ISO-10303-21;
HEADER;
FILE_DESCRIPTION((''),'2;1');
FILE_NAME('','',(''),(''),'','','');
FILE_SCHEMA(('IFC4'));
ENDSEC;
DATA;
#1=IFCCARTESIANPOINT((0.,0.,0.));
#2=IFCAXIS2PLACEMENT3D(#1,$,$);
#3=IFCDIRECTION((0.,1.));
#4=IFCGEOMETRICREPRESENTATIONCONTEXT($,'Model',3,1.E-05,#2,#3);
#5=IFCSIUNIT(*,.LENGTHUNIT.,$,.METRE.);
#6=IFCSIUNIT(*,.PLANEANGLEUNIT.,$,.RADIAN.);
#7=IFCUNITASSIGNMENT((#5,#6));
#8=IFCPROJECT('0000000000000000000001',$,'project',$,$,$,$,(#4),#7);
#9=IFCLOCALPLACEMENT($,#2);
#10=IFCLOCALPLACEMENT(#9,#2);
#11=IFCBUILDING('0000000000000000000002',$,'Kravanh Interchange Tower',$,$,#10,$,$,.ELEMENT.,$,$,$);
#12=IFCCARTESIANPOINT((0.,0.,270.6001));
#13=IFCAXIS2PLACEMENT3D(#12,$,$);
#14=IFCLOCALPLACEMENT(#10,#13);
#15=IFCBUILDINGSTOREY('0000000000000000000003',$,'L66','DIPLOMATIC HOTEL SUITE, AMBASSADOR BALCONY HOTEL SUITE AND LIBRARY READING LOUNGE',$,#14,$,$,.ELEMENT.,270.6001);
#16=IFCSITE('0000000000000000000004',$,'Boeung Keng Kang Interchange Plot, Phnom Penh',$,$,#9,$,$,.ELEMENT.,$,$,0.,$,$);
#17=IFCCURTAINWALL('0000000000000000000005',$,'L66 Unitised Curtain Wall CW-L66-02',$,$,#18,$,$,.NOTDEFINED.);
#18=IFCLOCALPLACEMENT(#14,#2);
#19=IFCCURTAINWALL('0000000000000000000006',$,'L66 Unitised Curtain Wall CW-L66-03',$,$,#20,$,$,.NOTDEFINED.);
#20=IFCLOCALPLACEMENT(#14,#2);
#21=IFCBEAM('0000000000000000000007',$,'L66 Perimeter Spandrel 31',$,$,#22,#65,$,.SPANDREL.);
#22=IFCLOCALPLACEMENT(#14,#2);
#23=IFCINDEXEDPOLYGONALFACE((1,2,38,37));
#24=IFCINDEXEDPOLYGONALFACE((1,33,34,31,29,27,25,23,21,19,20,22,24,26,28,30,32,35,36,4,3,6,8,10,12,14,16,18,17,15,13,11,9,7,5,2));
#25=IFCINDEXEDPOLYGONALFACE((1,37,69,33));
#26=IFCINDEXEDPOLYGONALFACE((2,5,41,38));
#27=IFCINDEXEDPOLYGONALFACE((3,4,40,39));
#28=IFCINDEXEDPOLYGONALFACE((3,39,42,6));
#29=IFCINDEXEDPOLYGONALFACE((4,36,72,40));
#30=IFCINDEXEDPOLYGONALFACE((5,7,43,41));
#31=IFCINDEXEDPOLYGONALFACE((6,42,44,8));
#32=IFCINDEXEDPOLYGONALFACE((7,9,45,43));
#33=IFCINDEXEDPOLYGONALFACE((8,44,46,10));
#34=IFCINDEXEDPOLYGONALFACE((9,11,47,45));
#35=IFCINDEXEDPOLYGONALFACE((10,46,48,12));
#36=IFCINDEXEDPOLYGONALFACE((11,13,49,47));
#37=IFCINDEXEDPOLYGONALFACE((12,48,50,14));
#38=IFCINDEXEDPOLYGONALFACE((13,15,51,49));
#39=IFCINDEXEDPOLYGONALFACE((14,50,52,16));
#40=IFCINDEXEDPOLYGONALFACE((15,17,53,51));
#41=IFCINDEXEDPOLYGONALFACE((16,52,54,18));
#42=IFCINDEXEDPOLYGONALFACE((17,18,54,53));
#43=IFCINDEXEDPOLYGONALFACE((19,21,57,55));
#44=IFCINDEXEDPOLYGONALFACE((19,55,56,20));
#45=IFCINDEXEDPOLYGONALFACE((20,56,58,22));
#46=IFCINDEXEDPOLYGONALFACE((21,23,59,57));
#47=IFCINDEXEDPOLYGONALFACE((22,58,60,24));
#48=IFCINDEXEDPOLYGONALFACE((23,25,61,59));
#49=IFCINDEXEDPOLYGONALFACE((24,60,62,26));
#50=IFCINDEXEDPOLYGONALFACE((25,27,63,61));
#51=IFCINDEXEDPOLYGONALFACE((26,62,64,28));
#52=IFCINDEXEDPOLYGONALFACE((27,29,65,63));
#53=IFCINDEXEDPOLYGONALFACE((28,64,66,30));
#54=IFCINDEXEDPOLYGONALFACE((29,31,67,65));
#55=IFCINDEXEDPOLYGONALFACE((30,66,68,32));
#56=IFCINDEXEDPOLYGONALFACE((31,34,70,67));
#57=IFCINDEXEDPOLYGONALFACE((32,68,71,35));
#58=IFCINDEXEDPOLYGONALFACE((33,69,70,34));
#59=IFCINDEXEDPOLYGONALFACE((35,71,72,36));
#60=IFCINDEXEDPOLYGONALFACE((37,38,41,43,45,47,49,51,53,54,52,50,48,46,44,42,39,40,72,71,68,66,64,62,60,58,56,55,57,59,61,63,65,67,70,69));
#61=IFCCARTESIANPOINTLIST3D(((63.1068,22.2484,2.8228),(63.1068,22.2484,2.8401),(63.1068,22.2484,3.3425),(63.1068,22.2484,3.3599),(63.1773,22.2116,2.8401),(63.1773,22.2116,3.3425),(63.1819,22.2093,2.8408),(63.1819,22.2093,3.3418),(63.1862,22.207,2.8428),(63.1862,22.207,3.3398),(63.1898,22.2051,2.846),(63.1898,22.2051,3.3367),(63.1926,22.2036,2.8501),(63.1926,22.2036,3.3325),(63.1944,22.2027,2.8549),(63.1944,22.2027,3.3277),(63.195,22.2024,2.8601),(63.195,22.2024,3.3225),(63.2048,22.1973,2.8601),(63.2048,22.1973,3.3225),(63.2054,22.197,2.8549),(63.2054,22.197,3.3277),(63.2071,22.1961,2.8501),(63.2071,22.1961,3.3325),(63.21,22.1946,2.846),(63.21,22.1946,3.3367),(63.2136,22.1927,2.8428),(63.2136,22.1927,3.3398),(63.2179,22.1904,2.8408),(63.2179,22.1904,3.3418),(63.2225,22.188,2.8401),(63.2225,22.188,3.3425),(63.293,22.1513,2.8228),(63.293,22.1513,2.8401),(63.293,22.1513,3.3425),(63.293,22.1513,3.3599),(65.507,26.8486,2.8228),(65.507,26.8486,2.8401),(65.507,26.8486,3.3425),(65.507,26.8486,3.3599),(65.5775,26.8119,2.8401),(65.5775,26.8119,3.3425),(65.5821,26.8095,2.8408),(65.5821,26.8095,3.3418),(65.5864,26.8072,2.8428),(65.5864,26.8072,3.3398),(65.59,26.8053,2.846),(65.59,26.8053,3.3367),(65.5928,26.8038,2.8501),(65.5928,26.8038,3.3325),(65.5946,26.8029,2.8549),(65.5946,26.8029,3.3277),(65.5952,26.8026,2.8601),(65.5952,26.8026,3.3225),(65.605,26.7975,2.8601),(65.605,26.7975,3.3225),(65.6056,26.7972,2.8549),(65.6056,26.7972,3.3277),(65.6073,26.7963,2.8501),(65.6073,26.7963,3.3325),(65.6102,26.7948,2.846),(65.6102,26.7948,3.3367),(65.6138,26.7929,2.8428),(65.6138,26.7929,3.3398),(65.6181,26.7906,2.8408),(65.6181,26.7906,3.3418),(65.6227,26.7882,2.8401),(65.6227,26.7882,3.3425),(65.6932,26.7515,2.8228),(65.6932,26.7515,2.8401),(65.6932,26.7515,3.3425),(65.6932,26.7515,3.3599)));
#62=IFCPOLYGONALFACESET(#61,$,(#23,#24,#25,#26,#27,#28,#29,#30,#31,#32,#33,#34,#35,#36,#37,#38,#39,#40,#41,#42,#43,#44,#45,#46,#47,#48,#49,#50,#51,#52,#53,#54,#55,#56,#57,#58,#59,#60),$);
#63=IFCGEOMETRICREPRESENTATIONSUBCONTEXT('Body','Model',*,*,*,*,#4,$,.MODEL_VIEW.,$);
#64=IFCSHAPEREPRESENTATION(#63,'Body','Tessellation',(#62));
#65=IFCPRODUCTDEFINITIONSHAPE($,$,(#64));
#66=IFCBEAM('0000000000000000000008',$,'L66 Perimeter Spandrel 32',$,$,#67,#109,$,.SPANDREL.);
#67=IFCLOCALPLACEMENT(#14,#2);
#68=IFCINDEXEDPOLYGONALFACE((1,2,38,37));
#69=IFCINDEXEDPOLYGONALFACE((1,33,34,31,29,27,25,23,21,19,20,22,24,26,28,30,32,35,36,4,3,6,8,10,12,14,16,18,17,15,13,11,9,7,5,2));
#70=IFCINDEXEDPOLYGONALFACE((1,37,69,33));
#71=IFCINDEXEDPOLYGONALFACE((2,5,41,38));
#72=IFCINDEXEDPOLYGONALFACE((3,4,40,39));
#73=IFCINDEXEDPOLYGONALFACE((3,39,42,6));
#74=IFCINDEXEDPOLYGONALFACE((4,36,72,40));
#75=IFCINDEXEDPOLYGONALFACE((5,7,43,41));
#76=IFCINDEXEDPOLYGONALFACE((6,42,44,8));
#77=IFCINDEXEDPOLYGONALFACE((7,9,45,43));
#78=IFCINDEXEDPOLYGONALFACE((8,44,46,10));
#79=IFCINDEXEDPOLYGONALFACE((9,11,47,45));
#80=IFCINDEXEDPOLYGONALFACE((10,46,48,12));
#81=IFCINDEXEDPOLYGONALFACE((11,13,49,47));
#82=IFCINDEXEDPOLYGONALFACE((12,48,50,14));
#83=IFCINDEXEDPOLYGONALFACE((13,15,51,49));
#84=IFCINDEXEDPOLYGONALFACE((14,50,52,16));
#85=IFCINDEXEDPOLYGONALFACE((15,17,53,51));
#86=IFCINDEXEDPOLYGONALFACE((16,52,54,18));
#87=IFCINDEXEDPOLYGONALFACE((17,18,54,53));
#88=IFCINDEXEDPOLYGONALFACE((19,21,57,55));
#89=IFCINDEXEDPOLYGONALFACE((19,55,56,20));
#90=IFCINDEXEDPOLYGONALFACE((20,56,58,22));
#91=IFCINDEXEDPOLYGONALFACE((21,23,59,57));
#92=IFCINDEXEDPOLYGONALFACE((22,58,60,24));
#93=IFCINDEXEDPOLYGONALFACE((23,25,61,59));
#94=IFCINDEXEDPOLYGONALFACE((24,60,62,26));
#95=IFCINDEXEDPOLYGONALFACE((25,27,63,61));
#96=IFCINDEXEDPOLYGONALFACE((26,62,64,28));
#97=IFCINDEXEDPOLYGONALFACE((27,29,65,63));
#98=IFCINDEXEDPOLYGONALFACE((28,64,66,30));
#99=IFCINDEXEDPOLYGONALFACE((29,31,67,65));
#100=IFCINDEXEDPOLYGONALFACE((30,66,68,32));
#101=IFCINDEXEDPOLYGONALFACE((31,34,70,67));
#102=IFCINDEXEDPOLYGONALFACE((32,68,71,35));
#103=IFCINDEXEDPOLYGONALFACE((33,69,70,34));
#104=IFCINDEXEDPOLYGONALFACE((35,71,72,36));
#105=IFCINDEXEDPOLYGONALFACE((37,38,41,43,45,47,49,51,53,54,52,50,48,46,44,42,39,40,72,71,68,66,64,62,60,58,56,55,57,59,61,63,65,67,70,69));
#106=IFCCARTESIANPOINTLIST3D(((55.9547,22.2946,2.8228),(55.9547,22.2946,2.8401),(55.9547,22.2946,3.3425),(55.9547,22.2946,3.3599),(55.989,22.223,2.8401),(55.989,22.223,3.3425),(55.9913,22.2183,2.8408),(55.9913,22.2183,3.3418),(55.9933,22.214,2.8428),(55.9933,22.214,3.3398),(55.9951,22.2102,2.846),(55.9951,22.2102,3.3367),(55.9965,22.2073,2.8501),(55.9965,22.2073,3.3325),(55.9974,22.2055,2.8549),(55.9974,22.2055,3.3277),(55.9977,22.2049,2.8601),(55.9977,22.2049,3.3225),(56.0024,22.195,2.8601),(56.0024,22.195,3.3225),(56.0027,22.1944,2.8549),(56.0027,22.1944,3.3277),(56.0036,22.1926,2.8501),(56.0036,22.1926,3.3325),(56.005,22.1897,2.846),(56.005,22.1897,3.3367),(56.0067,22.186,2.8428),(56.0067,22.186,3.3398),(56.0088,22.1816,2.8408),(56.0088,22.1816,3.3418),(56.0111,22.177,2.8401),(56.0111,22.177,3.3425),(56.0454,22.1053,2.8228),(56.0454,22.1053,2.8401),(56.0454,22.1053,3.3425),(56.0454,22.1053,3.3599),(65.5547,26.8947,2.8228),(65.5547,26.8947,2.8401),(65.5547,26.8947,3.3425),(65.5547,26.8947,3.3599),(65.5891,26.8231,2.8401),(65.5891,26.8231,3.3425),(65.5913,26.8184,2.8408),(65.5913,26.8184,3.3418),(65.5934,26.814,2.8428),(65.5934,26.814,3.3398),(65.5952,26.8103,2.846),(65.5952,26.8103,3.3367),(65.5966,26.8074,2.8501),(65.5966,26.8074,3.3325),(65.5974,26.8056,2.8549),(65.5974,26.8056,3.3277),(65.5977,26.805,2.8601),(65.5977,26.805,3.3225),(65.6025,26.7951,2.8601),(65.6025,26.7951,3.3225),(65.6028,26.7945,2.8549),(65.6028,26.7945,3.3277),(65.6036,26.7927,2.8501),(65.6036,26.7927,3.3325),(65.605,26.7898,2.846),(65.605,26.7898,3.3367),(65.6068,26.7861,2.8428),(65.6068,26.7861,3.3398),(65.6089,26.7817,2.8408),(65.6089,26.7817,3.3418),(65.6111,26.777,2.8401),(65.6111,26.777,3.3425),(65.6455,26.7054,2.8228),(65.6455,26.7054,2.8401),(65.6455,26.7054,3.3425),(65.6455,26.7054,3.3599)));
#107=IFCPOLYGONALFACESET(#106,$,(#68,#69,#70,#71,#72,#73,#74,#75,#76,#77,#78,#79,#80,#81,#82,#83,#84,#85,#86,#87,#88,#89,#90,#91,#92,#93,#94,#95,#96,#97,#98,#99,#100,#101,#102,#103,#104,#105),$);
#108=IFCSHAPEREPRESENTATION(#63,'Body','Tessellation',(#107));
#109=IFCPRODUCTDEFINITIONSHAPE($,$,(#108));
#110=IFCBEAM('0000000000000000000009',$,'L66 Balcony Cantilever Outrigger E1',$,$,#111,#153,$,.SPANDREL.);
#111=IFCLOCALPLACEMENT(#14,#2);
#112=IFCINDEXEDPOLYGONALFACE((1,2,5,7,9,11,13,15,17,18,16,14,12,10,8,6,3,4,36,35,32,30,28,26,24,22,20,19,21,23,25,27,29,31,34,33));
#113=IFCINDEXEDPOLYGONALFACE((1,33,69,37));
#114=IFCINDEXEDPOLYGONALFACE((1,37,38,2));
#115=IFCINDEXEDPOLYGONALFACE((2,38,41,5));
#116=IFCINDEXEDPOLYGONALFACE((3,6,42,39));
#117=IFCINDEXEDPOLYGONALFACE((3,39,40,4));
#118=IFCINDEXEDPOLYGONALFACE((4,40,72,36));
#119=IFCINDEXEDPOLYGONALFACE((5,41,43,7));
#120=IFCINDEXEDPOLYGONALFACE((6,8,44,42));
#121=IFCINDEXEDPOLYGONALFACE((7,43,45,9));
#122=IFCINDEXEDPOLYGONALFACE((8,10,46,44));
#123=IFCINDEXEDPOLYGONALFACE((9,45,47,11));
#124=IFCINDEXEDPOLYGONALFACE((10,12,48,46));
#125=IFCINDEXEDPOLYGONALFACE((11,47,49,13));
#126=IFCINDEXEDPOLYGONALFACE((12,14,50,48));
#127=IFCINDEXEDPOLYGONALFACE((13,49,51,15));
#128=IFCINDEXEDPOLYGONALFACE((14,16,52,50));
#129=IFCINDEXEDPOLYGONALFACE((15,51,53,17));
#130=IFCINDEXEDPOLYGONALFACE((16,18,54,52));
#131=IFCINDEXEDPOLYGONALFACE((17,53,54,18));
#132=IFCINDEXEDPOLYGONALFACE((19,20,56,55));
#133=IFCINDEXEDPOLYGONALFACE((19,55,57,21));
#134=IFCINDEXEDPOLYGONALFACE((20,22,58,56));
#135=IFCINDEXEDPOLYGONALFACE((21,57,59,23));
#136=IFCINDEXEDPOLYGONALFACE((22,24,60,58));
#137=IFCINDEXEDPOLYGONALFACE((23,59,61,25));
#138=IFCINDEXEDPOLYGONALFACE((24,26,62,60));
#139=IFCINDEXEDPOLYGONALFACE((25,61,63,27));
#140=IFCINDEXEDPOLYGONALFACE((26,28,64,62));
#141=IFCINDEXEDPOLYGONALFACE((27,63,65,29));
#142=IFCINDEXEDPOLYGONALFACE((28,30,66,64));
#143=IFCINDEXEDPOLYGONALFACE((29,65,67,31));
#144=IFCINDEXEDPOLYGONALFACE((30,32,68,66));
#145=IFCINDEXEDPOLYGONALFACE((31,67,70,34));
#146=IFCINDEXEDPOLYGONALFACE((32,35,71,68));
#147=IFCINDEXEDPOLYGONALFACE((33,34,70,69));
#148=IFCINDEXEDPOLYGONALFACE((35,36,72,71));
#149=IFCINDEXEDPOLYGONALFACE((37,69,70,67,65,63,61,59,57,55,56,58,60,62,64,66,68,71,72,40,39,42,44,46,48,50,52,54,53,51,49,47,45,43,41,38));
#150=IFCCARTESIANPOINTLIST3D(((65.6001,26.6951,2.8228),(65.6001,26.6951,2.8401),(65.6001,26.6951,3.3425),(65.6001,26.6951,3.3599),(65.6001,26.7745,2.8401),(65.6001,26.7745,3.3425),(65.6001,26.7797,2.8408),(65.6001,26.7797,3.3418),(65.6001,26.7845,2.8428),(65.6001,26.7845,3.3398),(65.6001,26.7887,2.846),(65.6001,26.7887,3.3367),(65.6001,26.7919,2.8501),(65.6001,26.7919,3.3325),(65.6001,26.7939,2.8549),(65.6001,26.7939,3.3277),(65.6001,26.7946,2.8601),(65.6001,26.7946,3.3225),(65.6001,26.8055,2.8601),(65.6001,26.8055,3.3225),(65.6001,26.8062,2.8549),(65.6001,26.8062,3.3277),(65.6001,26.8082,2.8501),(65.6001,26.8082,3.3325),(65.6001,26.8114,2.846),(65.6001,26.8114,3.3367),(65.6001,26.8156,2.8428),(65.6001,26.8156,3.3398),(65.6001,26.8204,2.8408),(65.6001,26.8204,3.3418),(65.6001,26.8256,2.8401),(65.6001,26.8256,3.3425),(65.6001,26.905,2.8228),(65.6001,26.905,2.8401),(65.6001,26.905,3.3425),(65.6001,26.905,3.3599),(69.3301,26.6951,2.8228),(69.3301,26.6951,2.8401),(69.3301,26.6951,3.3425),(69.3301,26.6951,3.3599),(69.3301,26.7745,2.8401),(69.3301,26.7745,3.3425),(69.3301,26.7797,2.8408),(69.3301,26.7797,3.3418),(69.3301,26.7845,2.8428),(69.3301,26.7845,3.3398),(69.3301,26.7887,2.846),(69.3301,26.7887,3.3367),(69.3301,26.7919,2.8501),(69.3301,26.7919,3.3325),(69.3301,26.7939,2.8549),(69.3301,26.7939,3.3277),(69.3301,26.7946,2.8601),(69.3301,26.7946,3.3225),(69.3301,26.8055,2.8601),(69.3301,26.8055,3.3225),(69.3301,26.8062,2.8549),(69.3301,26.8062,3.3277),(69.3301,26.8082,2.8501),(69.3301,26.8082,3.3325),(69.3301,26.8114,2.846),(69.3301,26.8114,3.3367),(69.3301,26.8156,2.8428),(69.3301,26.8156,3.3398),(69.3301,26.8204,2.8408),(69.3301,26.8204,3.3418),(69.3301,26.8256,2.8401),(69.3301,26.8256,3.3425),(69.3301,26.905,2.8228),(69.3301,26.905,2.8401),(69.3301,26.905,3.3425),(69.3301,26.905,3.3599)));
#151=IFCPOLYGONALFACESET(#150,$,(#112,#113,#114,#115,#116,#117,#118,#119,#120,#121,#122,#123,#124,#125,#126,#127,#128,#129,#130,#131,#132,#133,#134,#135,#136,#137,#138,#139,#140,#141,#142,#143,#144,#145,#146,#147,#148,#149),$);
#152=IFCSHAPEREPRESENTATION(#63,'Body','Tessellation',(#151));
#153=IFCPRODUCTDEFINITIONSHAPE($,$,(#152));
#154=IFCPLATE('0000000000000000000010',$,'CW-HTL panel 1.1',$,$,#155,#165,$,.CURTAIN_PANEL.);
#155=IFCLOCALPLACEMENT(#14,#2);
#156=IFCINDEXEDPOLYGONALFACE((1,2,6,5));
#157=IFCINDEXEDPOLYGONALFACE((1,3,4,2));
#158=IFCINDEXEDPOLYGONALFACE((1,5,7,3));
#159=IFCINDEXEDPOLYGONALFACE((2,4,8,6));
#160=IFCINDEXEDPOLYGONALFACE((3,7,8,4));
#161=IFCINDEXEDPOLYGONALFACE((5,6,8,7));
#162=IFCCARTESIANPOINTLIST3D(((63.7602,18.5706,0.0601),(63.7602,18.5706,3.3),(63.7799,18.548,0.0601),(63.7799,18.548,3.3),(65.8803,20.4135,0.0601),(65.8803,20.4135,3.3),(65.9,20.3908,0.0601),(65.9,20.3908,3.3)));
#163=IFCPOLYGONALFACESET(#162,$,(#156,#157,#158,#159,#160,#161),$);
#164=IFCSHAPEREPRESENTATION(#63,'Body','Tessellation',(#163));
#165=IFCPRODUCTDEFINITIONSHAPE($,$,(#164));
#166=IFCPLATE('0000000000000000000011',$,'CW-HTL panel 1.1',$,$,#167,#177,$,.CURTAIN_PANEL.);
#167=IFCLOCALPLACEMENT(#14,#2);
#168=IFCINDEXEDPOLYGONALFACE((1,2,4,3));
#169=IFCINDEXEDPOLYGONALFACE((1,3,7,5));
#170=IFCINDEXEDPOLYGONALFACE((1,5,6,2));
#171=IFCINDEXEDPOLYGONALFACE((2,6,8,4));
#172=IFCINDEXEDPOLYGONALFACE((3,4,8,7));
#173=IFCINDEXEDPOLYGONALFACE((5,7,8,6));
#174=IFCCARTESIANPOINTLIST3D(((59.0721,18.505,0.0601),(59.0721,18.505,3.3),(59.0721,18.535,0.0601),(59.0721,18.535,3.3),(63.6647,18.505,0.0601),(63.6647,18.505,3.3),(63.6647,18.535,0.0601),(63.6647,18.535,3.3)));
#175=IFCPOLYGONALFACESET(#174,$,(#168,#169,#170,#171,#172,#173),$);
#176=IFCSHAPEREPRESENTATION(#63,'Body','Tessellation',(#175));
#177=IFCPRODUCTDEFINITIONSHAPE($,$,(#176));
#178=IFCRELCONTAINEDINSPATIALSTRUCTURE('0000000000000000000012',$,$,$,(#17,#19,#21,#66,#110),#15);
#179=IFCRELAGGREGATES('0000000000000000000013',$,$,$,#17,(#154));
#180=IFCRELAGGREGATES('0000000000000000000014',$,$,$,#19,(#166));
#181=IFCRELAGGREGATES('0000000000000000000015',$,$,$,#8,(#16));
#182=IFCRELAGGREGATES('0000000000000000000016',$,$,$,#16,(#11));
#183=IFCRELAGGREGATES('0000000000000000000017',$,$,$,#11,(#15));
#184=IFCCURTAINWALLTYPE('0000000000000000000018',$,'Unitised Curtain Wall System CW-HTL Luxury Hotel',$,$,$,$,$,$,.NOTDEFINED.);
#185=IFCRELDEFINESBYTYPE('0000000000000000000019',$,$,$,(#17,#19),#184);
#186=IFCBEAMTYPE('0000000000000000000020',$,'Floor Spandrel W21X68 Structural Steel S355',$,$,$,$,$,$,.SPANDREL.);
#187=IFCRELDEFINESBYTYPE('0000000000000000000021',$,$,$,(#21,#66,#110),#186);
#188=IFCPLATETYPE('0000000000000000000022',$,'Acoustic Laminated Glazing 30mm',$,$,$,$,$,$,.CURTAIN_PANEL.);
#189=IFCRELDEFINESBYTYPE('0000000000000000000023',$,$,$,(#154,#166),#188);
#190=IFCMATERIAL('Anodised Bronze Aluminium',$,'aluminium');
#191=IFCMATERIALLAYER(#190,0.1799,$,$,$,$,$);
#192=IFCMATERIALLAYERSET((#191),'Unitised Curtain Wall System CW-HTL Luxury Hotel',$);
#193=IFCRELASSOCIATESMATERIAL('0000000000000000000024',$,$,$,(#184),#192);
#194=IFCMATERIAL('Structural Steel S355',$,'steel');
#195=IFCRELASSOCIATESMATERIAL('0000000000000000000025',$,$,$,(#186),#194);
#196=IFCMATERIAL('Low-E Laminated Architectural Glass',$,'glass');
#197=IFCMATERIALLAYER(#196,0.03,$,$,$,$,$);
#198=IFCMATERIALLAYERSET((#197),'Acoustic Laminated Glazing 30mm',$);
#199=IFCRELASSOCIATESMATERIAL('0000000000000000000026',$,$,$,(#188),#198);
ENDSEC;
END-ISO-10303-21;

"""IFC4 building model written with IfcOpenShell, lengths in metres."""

from ifc_helpers import new_model, si_unit, direction, frame, origin, origin_2d, place, context, subcontext, project, spatial, rectangle, i_section, extrude, material, layer, layer_set, material_profile, profile_set, type_object, element, aggregate, save


model = new_model("IFC4")

# Units and contexts
model_context = context("Model", 3, precision=1e-05, world=origin(), true_north=direction((0.0, 1.0)))
body_context = subcontext(model_context, "Body", "Model", "MODEL_VIEW")
ifc_project = project(units=[si_unit("LENGTHUNIT", "METRE"), si_unit("PLANEANGLEUNIT", "RADIAN")], contexts=[model_context])

# Site, building, storey
site_placement = place(None, origin())
site = spatial("IfcSite", under=ifc_project, at=site_placement, Name="Boeung Keng Kang Interchange Plot, Phnom Penh", CompositionType="ELEMENT", RefElevation=0.0)
building_placement = place(site_placement, origin())
building = spatial("IfcBuilding", under=site, at=building_placement, Name="Kravanh Interchange Tower", CompositionType="ELEMENT")
storey_placement = place(building_placement, frame((0.0, 0.0, 270.6001)))
storey = spatial("IfcBuildingStorey", under=building, at=storey_placement, Name="L66", Description="DIPLOMATIC HOTEL SUITE, AMBASSADOR BALCONY HOTEL SUITE AND LIBRARY READING LOUNGE", CompositionType="ELEMENT", Elevation=270.6001)

# Curtain walls
ifc_material_1 = material(Name="Anodised Bronze Aluminium", Category="aluminium")
ifc_layer_1 = layer(ifc_material_1, 0.1799)
ifc_layer_set_1 = layer_set([ifc_layer_1], Name="Unitised Curtain Wall System CW-HTL Luxury Hotel")
curtain_wall_type = type_object("IfcCurtainWallType", Name="Unitised Curtain Wall System CW-HTL Luxury Hotel", PredefinedType="NOTDEFINED", material=ifc_layer_set_1)
curtain_wall_1_placement = place(storey_placement, origin())
curtain_wall_1 = element("IfcCurtainWall", 1, at=curtain_wall_1_placement, inside=storey, type_object=curtain_wall_type, Name="L66 Unitised Curtain Wall CW-L66-02", PredefinedType="NOTDEFINED")
curtain_wall_2_placement = place(storey_placement, origin())
curtain_wall_2 = element("IfcCurtainWall", 2, at=curtain_wall_2_placement, inside=storey, type_object=curtain_wall_type, Name="L66 Unitised Curtain Wall CW-L66-03", PredefinedType="NOTDEFINED")

# Beams
ifc_material_2 = material(Name="Structural Steel S355", Category="steel")
ifc_material_profile_1 = material_profile(ifc_material_2, i_section(OverallWidth=0.21, OverallDepth=0.5371, WebThickness=0.011, FlangeThickness=0.0173, FilletRadius=0.02, at=origin_2d()), Name="W21X68")
ifc_profile_set_1 = profile_set([ifc_material_profile_1], Name="Structural Steel S355")
beam_type_1 = type_object("IfcBeamType", Name="Floor Spandrel W21X68 Structural Steel S355", PredefinedType="SPANDREL", material=ifc_profile_set_1)
beam_1_placement = place(storey_placement, frame((65.6001, 26.8, 3.0913), z_axis=(-0.46258, -0.886577, 0.0), x_axis=(0.886577, -0.46258, 0.0)))
element("IfcBeam", 3, at=beam_1_placement, inside=storey, type_object=beam_type_1, Name="L66 Perimeter Spandrel 31", PredefinedType="SPANDREL", context=body_context, shape_type="SweptSolid", body=[
    extrude(i_section(OverallWidth=0.21, OverallDepth=0.5371, WebThickness=0.011, FlangeThickness=0.0173, FilletRadius=0.02, at=origin_2d()), origin(), (0.0, 0.0, 1.0), 5.1887),
])
beam_2_placement = place(storey_placement, frame((65.6001, 26.8, 3.0913), z_axis=(-0.901814, -0.432124, 0.0), x_axis=(0.432124, -0.901814, 0.0)))
element("IfcBeam", 4, at=beam_2_placement, inside=storey, type_object=beam_type_1, Name="L66 Perimeter Spandrel 32", PredefinedType="SPANDREL", context=body_context, shape_type="SweptSolid", body=[
    extrude(i_section(OverallWidth=0.21, OverallDepth=0.5371, WebThickness=0.011, FlangeThickness=0.0173, FilletRadius=0.02, at=origin_2d()), origin(), (0.0, 0.0, 1.0), 10.6453),
])
beam_3_placement = place(storey_placement, frame((65.6001, 26.8, 3.0913), z_axis=(1.0, 0.0, 0.0), x_axis=(0.0, 1.0, 0.0)))
element("IfcBeam", 5, at=beam_3_placement, inside=storey, type_object=beam_type_1, Name="L66 Balcony Cantilever Outrigger E1", PredefinedType="SPANDREL", context=body_context, shape_type="SweptSolid", body=[
    extrude(i_section(OverallWidth=0.21, OverallDepth=0.5371, WebThickness=0.011, FlangeThickness=0.0173, FilletRadius=0.02, at=origin_2d()), origin(), (0.0, 0.0, 1.0), 3.73),
])

# Plates
ifc_material_3 = material(Name="Low-E Laminated Architectural Glass", Category="glass")
ifc_layer_2 = layer(ifc_material_3, 0.03)
ifc_layer_set_2 = layer_set([ifc_layer_2], Name="Acoustic Laminated Glazing 30mm")
plate_type = type_object("IfcPlateType", Name="Acoustic Laminated Glazing 30mm", PredefinedType="CURTAIN_PANEL", material=ifc_layer_set_2)
plate_1_placement = place(storey_placement, frame((64.8301, 19.4807, 0.0601), z_axis=(0.0, 0.0, 1.0), x_axis=(-0.754732, -0.656033, 0.0)))
plate_1 = element("IfcPlate", 6, at=plate_1_placement, type_object=plate_type, Name="CW-HTL panel 1.1", PredefinedType="CURTAIN_PANEL", context=body_context, shape_type="SweptSolid", body=[
    extrude(rectangle(XDim=2.8091, YDim=0.03, at=origin_2d()), origin(), (0.0, 0.0, 1.0), 3.24),
])
aggregate(curtain_wall_1, [plate_1])
plate_2_placement = place(storey_placement, frame((61.3684, 18.52, 0.0601), z_axis=(0.0, 0.0, 1.0), x_axis=(-1.0, 0.0, 0.0)))
plate_2 = element("IfcPlate", 7, at=plate_2_placement, type_object=plate_type, Name="CW-HTL panel 1.1", PredefinedType="CURTAIN_PANEL", context=body_context, shape_type="SweptSolid", body=[
    extrude(rectangle(XDim=4.5925, YDim=0.03, at=origin_2d()), origin(), (0.0, 0.0, 1.0), 3.24),
])
aggregate(curtain_wall_2, [plate_2])

save(model, "model.ifc")
